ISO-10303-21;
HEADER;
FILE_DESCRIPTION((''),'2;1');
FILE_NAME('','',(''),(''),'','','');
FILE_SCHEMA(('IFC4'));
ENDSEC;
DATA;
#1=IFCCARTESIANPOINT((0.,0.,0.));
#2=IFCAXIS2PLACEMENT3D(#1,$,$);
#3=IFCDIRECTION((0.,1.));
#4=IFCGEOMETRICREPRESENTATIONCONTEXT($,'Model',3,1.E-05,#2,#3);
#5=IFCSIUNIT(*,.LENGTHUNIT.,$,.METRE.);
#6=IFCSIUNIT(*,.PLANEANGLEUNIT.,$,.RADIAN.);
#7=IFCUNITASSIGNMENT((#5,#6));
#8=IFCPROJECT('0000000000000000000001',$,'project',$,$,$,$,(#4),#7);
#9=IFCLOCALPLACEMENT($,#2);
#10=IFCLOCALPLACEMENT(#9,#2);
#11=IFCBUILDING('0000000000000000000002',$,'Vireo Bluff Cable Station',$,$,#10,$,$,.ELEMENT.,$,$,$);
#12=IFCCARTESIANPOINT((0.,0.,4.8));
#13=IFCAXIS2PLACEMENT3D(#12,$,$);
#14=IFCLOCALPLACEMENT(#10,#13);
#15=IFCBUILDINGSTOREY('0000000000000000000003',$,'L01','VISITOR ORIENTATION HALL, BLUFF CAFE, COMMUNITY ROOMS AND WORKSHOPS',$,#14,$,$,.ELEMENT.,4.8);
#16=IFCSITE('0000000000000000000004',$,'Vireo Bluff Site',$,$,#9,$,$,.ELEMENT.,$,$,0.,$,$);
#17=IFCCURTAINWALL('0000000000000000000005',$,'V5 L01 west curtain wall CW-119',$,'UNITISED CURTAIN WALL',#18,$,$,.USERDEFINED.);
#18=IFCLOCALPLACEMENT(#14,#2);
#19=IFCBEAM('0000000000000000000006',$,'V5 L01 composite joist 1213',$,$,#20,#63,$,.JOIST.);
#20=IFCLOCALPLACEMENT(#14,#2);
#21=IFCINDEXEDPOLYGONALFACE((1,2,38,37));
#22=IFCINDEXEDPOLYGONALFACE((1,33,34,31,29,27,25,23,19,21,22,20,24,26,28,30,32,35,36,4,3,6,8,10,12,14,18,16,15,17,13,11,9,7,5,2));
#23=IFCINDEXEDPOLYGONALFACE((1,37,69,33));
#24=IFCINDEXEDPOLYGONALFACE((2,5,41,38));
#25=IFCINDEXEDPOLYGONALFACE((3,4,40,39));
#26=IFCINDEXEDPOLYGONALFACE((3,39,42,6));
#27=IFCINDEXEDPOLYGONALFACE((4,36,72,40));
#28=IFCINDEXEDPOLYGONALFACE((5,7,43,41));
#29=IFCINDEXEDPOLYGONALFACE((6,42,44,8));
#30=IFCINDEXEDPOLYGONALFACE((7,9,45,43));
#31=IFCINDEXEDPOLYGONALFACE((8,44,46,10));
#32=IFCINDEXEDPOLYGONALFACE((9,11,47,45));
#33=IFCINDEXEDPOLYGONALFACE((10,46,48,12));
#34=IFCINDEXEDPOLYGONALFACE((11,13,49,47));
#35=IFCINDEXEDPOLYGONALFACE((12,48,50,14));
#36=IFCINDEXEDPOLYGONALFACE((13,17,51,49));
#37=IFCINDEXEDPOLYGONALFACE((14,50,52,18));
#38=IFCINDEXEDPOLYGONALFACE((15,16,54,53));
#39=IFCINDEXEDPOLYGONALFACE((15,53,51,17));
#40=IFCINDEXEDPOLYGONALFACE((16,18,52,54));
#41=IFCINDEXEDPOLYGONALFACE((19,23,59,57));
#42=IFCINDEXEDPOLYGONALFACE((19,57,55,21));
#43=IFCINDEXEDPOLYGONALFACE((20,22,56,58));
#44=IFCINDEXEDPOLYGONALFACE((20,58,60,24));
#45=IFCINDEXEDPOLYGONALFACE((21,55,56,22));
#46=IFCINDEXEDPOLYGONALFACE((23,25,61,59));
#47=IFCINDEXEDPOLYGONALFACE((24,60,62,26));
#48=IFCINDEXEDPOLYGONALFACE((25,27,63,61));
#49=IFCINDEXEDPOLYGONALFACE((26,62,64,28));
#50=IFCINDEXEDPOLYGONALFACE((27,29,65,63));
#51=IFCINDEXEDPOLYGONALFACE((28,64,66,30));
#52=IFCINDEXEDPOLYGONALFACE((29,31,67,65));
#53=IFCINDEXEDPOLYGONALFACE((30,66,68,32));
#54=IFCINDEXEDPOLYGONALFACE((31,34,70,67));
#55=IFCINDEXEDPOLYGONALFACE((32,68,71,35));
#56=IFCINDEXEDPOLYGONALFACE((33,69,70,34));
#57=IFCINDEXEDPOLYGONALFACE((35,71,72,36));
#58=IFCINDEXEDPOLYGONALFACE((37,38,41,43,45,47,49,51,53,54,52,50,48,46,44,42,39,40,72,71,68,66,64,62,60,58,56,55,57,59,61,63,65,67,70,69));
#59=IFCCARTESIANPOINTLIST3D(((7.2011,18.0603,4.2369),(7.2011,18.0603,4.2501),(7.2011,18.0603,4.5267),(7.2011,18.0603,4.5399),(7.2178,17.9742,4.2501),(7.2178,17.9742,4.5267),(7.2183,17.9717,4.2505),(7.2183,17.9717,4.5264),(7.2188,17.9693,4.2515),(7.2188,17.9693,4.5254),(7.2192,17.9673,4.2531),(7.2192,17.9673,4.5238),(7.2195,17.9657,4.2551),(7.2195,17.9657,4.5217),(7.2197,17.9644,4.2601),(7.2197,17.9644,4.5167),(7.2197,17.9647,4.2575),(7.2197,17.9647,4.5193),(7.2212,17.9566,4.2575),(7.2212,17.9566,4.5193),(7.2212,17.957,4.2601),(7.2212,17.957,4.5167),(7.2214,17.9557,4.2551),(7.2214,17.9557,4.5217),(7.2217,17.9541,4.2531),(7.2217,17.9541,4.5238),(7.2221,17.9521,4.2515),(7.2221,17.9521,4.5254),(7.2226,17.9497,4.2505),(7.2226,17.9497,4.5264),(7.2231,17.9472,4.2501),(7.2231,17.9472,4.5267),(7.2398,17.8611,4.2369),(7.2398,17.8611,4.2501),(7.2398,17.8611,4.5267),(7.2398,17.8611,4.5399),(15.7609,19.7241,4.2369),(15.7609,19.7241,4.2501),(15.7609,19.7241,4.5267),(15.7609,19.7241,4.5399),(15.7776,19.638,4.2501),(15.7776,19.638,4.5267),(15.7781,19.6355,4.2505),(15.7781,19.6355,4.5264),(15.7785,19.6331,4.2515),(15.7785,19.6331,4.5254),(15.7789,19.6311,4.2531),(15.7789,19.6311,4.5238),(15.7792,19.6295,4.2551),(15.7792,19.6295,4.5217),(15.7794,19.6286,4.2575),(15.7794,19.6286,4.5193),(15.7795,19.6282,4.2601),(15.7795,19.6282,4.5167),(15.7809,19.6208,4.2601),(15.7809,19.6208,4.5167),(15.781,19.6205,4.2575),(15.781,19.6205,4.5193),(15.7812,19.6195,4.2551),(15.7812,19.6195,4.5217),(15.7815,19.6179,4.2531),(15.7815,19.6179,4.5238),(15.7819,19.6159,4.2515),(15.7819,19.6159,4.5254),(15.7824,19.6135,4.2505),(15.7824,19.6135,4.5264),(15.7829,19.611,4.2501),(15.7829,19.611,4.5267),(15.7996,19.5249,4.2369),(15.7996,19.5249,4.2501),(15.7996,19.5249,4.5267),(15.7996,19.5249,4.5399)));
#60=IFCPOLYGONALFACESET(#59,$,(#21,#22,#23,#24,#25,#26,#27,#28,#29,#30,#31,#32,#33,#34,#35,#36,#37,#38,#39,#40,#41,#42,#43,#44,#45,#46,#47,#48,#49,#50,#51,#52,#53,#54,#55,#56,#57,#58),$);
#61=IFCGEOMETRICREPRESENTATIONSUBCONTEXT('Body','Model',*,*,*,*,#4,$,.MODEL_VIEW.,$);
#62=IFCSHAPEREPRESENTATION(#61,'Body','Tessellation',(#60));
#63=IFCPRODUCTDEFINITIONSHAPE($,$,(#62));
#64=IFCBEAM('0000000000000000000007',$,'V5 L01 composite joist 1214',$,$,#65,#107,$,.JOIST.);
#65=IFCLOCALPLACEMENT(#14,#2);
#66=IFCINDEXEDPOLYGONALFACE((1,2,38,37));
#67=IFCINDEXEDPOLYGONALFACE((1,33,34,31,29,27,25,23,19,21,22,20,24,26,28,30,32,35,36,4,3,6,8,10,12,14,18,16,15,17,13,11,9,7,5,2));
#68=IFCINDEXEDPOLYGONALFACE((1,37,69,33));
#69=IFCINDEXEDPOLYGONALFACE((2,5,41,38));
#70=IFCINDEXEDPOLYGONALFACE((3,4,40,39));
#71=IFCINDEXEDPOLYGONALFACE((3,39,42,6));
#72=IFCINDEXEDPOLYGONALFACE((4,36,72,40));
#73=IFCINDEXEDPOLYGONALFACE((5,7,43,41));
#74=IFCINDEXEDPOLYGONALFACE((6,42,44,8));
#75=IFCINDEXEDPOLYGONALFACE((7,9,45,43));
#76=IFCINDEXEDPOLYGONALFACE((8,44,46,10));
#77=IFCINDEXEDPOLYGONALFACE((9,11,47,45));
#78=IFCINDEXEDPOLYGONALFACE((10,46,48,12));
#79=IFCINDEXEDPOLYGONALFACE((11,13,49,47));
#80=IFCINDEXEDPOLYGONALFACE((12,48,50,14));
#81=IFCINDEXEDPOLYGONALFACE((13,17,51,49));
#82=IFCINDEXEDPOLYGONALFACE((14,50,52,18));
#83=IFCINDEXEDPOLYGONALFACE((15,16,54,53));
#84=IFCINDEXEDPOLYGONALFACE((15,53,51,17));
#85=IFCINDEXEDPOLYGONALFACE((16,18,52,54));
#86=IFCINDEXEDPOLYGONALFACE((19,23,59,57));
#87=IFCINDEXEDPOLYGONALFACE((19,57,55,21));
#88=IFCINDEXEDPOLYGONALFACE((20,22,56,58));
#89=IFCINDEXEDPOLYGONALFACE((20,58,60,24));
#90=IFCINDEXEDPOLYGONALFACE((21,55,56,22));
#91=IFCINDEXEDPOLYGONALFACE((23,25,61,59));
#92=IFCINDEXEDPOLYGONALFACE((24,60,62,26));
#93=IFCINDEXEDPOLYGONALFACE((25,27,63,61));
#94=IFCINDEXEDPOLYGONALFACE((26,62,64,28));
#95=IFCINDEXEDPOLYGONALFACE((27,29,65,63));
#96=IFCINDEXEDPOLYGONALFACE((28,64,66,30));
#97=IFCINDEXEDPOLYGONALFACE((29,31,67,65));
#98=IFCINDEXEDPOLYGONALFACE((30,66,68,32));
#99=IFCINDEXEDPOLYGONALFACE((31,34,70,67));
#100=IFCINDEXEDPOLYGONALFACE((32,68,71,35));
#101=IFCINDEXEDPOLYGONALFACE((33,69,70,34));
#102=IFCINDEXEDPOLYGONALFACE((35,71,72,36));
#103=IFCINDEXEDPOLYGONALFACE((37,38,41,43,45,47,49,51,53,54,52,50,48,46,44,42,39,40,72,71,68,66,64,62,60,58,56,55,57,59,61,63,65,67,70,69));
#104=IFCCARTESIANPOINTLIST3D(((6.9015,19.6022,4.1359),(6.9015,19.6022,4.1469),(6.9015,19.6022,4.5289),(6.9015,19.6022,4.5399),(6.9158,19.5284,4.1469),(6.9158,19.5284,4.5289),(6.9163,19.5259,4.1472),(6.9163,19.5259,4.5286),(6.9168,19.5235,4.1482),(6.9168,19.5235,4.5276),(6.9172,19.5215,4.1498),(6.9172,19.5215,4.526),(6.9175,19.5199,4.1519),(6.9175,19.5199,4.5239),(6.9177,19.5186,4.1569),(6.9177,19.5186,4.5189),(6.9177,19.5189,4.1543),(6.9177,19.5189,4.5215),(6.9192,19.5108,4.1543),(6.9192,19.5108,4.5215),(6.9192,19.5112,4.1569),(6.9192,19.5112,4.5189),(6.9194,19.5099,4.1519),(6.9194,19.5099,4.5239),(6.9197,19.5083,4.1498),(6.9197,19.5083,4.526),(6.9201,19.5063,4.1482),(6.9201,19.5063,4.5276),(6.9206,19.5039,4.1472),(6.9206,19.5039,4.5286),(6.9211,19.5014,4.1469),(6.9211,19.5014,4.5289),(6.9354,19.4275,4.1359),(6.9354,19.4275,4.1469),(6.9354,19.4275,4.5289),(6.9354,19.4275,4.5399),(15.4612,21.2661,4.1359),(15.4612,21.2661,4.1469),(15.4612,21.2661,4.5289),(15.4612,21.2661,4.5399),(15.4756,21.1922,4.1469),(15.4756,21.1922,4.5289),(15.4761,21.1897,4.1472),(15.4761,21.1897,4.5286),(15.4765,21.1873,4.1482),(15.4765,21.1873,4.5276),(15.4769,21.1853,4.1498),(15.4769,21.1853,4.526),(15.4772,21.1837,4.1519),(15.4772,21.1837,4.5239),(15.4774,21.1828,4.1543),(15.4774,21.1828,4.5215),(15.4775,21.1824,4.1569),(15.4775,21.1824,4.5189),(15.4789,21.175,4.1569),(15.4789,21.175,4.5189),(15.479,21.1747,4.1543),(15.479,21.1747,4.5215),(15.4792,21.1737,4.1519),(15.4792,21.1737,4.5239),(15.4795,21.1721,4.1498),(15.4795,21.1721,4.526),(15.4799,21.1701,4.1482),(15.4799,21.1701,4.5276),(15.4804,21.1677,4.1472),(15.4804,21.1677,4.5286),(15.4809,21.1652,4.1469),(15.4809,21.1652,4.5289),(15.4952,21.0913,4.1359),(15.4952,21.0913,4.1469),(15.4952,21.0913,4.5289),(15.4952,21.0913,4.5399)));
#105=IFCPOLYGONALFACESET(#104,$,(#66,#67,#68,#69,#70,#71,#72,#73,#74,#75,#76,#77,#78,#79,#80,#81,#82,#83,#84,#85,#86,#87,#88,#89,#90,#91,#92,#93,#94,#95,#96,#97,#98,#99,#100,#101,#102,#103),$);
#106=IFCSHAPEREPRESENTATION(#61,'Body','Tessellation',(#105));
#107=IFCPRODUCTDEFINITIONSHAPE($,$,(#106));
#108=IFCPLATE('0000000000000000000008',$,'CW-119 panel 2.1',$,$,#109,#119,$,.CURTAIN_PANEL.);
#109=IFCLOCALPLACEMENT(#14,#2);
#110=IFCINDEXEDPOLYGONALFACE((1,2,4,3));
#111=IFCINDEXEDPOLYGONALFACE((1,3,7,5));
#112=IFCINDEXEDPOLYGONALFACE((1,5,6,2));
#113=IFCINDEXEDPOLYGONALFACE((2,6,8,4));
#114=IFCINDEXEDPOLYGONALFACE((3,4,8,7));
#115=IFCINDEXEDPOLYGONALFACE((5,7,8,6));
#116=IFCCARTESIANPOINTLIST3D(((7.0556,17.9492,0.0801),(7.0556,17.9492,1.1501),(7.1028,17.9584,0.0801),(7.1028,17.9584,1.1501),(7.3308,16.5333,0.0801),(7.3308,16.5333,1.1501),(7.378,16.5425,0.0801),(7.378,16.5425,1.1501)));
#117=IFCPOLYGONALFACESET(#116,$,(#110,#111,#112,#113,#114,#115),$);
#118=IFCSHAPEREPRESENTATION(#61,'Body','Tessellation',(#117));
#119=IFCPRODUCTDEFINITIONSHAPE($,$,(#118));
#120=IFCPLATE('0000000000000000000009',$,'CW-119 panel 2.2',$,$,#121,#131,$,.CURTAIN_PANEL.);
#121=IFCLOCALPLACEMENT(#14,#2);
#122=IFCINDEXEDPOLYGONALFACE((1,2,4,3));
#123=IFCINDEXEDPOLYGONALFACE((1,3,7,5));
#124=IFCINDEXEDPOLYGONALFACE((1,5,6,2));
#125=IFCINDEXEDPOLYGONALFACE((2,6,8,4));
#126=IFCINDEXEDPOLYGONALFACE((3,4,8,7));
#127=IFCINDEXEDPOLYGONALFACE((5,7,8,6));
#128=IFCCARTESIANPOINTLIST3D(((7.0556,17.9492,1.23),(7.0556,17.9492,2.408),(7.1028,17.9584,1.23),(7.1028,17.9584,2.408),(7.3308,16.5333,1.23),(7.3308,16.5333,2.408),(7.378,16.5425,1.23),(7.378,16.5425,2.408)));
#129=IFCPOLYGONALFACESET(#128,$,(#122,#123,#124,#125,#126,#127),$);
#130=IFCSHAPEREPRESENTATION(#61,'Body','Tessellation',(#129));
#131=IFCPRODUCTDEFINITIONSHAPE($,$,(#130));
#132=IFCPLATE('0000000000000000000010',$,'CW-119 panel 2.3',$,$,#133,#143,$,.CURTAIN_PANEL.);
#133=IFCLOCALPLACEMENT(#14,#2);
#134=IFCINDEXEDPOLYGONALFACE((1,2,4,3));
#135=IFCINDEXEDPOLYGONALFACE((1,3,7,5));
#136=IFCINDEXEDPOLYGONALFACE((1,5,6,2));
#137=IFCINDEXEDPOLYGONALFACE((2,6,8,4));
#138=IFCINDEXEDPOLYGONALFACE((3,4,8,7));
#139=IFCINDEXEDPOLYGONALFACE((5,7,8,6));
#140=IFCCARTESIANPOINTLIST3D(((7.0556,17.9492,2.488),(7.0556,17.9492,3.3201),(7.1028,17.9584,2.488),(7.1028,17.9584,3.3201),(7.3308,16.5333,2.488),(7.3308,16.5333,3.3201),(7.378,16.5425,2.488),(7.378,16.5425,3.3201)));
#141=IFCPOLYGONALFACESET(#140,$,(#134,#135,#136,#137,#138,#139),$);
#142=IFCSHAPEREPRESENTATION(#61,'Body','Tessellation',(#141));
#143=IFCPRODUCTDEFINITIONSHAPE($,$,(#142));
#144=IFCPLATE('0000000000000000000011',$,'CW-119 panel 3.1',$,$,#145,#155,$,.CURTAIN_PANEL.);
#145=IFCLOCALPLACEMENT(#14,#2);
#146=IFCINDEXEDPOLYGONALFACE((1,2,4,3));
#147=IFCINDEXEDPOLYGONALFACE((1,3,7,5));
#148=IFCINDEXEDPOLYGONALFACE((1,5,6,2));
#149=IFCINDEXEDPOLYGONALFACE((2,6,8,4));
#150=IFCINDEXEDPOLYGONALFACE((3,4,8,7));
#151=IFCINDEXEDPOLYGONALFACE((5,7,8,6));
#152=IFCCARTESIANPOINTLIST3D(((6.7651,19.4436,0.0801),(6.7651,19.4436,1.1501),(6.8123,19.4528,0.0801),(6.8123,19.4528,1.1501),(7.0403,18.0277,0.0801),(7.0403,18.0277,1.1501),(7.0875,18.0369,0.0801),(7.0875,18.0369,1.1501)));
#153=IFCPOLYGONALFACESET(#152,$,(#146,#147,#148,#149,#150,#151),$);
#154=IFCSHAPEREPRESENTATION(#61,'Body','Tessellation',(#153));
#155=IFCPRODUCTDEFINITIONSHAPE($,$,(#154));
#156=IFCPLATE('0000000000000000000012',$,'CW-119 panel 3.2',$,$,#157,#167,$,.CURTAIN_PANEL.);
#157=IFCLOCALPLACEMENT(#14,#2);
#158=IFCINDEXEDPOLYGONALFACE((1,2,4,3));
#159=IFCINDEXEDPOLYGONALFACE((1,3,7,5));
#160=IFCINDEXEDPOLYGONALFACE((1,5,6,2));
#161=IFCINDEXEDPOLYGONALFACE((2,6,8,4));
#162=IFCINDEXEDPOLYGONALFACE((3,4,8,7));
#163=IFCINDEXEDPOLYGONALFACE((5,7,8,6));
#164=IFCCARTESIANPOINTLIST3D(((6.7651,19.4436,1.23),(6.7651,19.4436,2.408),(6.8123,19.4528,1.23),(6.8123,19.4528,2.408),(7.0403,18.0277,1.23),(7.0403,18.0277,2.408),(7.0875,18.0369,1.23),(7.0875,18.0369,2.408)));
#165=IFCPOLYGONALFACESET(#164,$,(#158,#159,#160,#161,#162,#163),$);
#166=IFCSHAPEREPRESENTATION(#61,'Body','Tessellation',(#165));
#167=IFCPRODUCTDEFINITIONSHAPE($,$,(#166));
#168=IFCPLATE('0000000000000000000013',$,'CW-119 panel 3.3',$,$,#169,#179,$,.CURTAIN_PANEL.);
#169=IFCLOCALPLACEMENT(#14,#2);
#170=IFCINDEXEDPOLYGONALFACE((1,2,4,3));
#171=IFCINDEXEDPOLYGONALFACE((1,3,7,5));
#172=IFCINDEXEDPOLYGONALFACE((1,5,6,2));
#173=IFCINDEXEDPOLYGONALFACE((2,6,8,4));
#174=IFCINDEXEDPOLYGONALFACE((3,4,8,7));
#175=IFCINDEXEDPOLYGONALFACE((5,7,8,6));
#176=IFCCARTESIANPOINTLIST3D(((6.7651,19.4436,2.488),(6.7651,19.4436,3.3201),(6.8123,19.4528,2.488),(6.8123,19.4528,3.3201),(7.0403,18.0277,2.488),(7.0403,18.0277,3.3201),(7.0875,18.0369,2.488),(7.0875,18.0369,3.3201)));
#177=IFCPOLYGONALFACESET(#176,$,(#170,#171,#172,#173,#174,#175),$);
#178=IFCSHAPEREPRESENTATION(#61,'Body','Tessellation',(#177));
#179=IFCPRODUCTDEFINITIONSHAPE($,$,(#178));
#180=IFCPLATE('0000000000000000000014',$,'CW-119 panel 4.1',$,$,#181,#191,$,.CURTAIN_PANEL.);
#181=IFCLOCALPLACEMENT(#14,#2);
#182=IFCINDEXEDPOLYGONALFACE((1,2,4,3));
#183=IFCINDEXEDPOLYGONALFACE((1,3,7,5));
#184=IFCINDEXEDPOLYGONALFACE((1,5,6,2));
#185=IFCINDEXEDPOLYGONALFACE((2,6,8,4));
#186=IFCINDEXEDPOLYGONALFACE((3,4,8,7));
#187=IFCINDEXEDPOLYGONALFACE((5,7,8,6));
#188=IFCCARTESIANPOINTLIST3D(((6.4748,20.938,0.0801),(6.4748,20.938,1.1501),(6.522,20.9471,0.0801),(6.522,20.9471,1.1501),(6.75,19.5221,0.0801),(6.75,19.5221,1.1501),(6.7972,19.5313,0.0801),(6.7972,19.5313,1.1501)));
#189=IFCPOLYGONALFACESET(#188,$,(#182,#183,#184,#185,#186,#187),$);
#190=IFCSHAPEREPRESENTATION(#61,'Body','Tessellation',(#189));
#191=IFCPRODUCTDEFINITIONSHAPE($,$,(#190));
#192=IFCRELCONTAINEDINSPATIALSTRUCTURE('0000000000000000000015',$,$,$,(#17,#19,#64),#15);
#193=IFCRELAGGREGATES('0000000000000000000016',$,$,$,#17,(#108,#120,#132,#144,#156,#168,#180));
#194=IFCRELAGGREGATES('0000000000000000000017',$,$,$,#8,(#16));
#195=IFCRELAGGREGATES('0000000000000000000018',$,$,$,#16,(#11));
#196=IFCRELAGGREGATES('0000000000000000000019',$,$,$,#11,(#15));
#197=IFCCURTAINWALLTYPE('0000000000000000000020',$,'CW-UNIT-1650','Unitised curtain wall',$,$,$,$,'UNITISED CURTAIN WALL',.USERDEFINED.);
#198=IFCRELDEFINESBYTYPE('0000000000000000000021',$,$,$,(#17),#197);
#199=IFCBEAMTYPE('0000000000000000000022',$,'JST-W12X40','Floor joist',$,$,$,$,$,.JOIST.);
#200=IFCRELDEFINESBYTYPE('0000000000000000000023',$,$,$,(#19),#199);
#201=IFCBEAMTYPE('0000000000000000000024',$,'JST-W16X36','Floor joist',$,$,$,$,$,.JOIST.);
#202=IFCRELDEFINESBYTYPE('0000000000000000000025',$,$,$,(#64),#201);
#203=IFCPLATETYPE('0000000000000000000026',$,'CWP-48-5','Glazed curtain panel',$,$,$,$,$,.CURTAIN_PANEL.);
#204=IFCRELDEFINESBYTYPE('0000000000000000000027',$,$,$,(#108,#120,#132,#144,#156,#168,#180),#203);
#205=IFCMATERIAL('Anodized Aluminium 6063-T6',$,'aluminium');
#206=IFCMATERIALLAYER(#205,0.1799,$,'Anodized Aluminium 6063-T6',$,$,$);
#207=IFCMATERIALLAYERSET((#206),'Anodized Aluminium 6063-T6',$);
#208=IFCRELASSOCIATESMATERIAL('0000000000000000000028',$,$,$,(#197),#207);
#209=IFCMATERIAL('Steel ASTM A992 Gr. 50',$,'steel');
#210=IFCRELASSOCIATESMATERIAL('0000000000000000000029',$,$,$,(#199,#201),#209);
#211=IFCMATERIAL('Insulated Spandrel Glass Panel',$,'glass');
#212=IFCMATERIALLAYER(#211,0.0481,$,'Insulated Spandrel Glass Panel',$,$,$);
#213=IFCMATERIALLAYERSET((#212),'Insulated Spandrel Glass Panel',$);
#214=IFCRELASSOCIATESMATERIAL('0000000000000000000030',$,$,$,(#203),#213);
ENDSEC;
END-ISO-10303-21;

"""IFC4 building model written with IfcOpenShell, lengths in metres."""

from ifc_helpers import new_model, si_unit, direction, frame, origin, origin_2d, place, context, subcontext, project, spatial, rectangle, i_section, extrude, material, layer, layer_set, material_profile, profile_set, type_object, element, aggregate, save


model = new_model("IFC4")

# Units and contexts
model_context = context("Model", 3, precision=1e-05, world=origin(), true_north=direction((0.0, 1.0)))
body_context = subcontext(model_context, "Body", "Model", "MODEL_VIEW")
ifc_project = project(units=[si_unit("LENGTHUNIT", "METRE"), si_unit("PLANEANGLEUNIT", "RADIAN")], contexts=[model_context])

# Site, building, storey
site_placement = place(None, origin())
site = spatial("IfcSite", under=ifc_project, at=site_placement, Name="Vireo Bluff Site", CompositionType="ELEMENT", RefElevation=0.0)
building_placement = place(site_placement, origin())
building = spatial("IfcBuilding", under=site, at=building_placement, Name="Vireo Bluff Cable Station", CompositionType="ELEMENT")
storey_placement = place(building_placement, frame((0.0, 0.0, 4.8)))
storey = spatial("IfcBuildingStorey", under=building, at=storey_placement, Name="L01", Description="VISITOR ORIENTATION HALL, BLUFF CAFE, COMMUNITY ROOMS AND WORKSHOPS", CompositionType="ELEMENT", Elevation=4.8)

# Curtain wall
ifc_material_1 = material(Name="Anodized Aluminium 6063-T6", Category="aluminium")
ifc_layer_1 = layer(ifc_material_1, 0.1799, Name="Anodized Aluminium 6063-T6")
ifc_layer_set_1 = layer_set([ifc_layer_1], Name="Anodized Aluminium 6063-T6")
curtain_wall_type = type_object("IfcCurtainWallType", Name="CW-UNIT-1650", Description="Unitised curtain wall", ElementType="UNITISED CURTAIN WALL", PredefinedType="USERDEFINED", material=ifc_layer_set_1)
curtain_wall_placement = place(storey_placement, origin())
curtain_wall = element("IfcCurtainWall", 1, at=curtain_wall_placement, inside=storey, type_object=curtain_wall_type, Name="V5 L01 west curtain wall CW-119", ObjectType="UNITISED CURTAIN WALL", PredefinedType="USERDEFINED")

# Beams
ifc_material_2 = material(Name="Steel ASTM A992 Gr. 50", Category="steel")
ifc_material_profile_1 = material_profile(ifc_material_2, i_section(OverallWidth=0.2029, OverallDepth=0.303, WebThickness=0.0076, FlangeThickness=0.0132, FilletRadius=0.01, at=origin_2d()), Name="W12X40")
ifc_profile_set_1 = profile_set([ifc_material_profile_1], Name="Steel ASTM A992 Gr. 50")
beam_type_1 = type_object("IfcBeamType", Name="JST-W12X40", Description="Floor joist", PredefinedType="JOIST", material=ifc_profile_set_1)
beam_1_placement = place(storey_placement, frame((7.2205, 17.9607, 4.3884), z_axis=(0.981628, 0.190804, 0.0), x_axis=(-0.190804, 0.981628, 0.0)))
element("IfcBeam", 2, at=beam_1_placement, inside=storey, type_object=beam_type_1, Name="V5 L01 composite joist 1213", PredefinedType="JOIST", context=body_context, shape_type="SweptSolid", body=[
    extrude(i_section(OverallWidth=0.2029, OverallDepth=0.303, WebThickness=0.0076, FlangeThickness=0.0132, FilletRadius=0.01, at=origin_2d()), origin(), (0.0, 0.0, 1.0), 8.72),
])
ifc_material_profile_2 = material_profile(ifc_material_2, i_section(OverallWidth=0.178, OverallDepth=0.4041, WebThickness=0.0076, FlangeThickness=0.011, FilletRadius=0.01, at=origin_2d()), Name="W16X36")
ifc_profile_set_2 = profile_set([ifc_material_profile_2], Name="Steel ASTM A992 Gr. 50")
beam_type_2 = type_object("IfcBeamType", Name="JST-W16X36", Description="Floor joist", PredefinedType="JOIST", material=ifc_profile_set_2)
beam_2_placement = place(storey_placement, frame((6.9185, 19.5149, 4.3379), z_axis=(0.981628, 0.190804, 0.0), x_axis=(-0.190804, 0.981628, 0.0)))
element("IfcBeam", 3, at=beam_2_placement, inside=storey, type_object=beam_type_2, Name="V5 L01 composite joist 1214", PredefinedType="JOIST", context=body_context, shape_type="SweptSolid", body=[
    extrude(i_section(OverallWidth=0.178, OverallDepth=0.4041, WebThickness=0.0076, FlangeThickness=0.011, FilletRadius=0.01, at=origin_2d()), origin(), (0.0, 0.0, 1.0), 8.72),
])

# Plates
ifc_material_3 = material(Name="Insulated Spandrel Glass Panel", Category="glass")
ifc_layer_2 = layer(ifc_material_3, 0.0481, Name="Insulated Spandrel Glass Panel")
ifc_layer_set_2 = layer_set([ifc_layer_2], Name="Insulated Spandrel Glass Panel")
plate_type = type_object("IfcPlateType", Name="CWP-48-5", Description="Glazed curtain panel", PredefinedType="CURTAIN_PANEL", material=ifc_layer_set_2)
plate_1_placement = place(storey_placement, frame((7.2168, 17.2458, 0.0801), z_axis=(0.0, 0.0, 1.0), x_axis=(-0.190809, 0.981627, 0.0)))
plate_1 = element("IfcPlate", 4, at=plate_1_placement, type_object=plate_type, Name="CW-119 panel 2.1", PredefinedType="CURTAIN_PANEL", context=body_context, shape_type="SweptSolid", body=[
    extrude(rectangle(XDim=1.4424, YDim=0.0481, at=origin_2d()), origin(), (0.0, 0.0, 1.0), 1.0701),
])
plate_2_placement = place(storey_placement, frame((7.2168, 17.2458, 1.23), z_axis=(0.0, 0.0, 1.0), x_axis=(-0.190809, 0.981627, 0.0)))
plate_2 = element("IfcPlate", 5, at=plate_2_placement, type_object=plate_type, Name="CW-119 panel 2.2", PredefinedType="CURTAIN_PANEL", context=body_context, shape_type="SweptSolid", body=[
    extrude(rectangle(XDim=1.4424, YDim=0.0481, at=origin_2d()), origin(), (0.0, 0.0, 1.0), 1.178),
])
plate_3_placement = place(storey_placement, frame((7.2168, 17.2458, 2.488), z_axis=(0.0, 0.0, 1.0), x_axis=(-0.190809, 0.981627, 0.0)))
plate_3 = element("IfcPlate", 6, at=plate_3_placement, type_object=plate_type, Name="CW-119 panel 2.3", PredefinedType="CURTAIN_PANEL", context=body_context, shape_type="SweptSolid", body=[
    extrude(rectangle(XDim=1.4424, YDim=0.0481, at=origin_2d()), origin(), (0.0, 0.0, 1.0), 0.832),
])
plate_4_placement = place(storey_placement, frame((6.9263, 18.7402, 0.0801), z_axis=(0.0, 0.0, 1.0), x_axis=(-0.190809, 0.981627, 0.0)))
plate_4 = element("IfcPlate", 7, at=plate_4_placement, type_object=plate_type, Name="CW-119 panel 3.1", PredefinedType="CURTAIN_PANEL", context=body_context, shape_type="SweptSolid", body=[
    extrude(rectangle(XDim=1.4424, YDim=0.0481, at=origin_2d()), origin(), (0.0, 0.0, 1.0), 1.0701),
])
plate_5_placement = place(storey_placement, frame((6.9263, 18.7402, 1.23), z_axis=(0.0, 0.0, 1.0), x_axis=(-0.190809, 0.981627, 0.0)))
plate_5 = element("IfcPlate", 8, at=plate_5_placement, type_object=plate_type, Name="CW-119 panel 3.2", PredefinedType="CURTAIN_PANEL", context=body_context, shape_type="SweptSolid", body=[
    extrude(rectangle(XDim=1.4424, YDim=0.0481, at=origin_2d()), origin(), (0.0, 0.0, 1.0), 1.178),
])
plate_6_placement = place(storey_placement, frame((6.9263, 18.7402, 2.488), z_axis=(0.0, 0.0, 1.0), x_axis=(-0.190809, 0.981627, 0.0)))
plate_6 = element("IfcPlate", 9, at=plate_6_placement, type_object=plate_type, Name="CW-119 panel 3.3", PredefinedType="CURTAIN_PANEL", context=body_context, shape_type="SweptSolid", body=[
    extrude(rectangle(XDim=1.4424, YDim=0.0481, at=origin_2d()), origin(), (0.0, 0.0, 1.0), 0.832),
])
plate_7_placement = place(storey_placement, frame((6.636, 20.2346, 0.0801), z_axis=(0.0, 0.0, 1.0), x_axis=(-0.190809, 0.981627, 0.0)))
plate_7 = element("IfcPlate", 10, at=plate_7_placement, type_object=plate_type, Name="CW-119 panel 4.1", PredefinedType="CURTAIN_PANEL", context=body_context, shape_type="SweptSolid", body=[
    extrude(rectangle(XDim=1.4424, YDim=0.0481, at=origin_2d()), origin(), (0.0, 0.0, 1.0), 1.0701),
])
aggregate(curtain_wall, [plate_1, plate_2, plate_3, plate_4, plate_5, plate_6, plate_7])

save(model, "model.ifc")
